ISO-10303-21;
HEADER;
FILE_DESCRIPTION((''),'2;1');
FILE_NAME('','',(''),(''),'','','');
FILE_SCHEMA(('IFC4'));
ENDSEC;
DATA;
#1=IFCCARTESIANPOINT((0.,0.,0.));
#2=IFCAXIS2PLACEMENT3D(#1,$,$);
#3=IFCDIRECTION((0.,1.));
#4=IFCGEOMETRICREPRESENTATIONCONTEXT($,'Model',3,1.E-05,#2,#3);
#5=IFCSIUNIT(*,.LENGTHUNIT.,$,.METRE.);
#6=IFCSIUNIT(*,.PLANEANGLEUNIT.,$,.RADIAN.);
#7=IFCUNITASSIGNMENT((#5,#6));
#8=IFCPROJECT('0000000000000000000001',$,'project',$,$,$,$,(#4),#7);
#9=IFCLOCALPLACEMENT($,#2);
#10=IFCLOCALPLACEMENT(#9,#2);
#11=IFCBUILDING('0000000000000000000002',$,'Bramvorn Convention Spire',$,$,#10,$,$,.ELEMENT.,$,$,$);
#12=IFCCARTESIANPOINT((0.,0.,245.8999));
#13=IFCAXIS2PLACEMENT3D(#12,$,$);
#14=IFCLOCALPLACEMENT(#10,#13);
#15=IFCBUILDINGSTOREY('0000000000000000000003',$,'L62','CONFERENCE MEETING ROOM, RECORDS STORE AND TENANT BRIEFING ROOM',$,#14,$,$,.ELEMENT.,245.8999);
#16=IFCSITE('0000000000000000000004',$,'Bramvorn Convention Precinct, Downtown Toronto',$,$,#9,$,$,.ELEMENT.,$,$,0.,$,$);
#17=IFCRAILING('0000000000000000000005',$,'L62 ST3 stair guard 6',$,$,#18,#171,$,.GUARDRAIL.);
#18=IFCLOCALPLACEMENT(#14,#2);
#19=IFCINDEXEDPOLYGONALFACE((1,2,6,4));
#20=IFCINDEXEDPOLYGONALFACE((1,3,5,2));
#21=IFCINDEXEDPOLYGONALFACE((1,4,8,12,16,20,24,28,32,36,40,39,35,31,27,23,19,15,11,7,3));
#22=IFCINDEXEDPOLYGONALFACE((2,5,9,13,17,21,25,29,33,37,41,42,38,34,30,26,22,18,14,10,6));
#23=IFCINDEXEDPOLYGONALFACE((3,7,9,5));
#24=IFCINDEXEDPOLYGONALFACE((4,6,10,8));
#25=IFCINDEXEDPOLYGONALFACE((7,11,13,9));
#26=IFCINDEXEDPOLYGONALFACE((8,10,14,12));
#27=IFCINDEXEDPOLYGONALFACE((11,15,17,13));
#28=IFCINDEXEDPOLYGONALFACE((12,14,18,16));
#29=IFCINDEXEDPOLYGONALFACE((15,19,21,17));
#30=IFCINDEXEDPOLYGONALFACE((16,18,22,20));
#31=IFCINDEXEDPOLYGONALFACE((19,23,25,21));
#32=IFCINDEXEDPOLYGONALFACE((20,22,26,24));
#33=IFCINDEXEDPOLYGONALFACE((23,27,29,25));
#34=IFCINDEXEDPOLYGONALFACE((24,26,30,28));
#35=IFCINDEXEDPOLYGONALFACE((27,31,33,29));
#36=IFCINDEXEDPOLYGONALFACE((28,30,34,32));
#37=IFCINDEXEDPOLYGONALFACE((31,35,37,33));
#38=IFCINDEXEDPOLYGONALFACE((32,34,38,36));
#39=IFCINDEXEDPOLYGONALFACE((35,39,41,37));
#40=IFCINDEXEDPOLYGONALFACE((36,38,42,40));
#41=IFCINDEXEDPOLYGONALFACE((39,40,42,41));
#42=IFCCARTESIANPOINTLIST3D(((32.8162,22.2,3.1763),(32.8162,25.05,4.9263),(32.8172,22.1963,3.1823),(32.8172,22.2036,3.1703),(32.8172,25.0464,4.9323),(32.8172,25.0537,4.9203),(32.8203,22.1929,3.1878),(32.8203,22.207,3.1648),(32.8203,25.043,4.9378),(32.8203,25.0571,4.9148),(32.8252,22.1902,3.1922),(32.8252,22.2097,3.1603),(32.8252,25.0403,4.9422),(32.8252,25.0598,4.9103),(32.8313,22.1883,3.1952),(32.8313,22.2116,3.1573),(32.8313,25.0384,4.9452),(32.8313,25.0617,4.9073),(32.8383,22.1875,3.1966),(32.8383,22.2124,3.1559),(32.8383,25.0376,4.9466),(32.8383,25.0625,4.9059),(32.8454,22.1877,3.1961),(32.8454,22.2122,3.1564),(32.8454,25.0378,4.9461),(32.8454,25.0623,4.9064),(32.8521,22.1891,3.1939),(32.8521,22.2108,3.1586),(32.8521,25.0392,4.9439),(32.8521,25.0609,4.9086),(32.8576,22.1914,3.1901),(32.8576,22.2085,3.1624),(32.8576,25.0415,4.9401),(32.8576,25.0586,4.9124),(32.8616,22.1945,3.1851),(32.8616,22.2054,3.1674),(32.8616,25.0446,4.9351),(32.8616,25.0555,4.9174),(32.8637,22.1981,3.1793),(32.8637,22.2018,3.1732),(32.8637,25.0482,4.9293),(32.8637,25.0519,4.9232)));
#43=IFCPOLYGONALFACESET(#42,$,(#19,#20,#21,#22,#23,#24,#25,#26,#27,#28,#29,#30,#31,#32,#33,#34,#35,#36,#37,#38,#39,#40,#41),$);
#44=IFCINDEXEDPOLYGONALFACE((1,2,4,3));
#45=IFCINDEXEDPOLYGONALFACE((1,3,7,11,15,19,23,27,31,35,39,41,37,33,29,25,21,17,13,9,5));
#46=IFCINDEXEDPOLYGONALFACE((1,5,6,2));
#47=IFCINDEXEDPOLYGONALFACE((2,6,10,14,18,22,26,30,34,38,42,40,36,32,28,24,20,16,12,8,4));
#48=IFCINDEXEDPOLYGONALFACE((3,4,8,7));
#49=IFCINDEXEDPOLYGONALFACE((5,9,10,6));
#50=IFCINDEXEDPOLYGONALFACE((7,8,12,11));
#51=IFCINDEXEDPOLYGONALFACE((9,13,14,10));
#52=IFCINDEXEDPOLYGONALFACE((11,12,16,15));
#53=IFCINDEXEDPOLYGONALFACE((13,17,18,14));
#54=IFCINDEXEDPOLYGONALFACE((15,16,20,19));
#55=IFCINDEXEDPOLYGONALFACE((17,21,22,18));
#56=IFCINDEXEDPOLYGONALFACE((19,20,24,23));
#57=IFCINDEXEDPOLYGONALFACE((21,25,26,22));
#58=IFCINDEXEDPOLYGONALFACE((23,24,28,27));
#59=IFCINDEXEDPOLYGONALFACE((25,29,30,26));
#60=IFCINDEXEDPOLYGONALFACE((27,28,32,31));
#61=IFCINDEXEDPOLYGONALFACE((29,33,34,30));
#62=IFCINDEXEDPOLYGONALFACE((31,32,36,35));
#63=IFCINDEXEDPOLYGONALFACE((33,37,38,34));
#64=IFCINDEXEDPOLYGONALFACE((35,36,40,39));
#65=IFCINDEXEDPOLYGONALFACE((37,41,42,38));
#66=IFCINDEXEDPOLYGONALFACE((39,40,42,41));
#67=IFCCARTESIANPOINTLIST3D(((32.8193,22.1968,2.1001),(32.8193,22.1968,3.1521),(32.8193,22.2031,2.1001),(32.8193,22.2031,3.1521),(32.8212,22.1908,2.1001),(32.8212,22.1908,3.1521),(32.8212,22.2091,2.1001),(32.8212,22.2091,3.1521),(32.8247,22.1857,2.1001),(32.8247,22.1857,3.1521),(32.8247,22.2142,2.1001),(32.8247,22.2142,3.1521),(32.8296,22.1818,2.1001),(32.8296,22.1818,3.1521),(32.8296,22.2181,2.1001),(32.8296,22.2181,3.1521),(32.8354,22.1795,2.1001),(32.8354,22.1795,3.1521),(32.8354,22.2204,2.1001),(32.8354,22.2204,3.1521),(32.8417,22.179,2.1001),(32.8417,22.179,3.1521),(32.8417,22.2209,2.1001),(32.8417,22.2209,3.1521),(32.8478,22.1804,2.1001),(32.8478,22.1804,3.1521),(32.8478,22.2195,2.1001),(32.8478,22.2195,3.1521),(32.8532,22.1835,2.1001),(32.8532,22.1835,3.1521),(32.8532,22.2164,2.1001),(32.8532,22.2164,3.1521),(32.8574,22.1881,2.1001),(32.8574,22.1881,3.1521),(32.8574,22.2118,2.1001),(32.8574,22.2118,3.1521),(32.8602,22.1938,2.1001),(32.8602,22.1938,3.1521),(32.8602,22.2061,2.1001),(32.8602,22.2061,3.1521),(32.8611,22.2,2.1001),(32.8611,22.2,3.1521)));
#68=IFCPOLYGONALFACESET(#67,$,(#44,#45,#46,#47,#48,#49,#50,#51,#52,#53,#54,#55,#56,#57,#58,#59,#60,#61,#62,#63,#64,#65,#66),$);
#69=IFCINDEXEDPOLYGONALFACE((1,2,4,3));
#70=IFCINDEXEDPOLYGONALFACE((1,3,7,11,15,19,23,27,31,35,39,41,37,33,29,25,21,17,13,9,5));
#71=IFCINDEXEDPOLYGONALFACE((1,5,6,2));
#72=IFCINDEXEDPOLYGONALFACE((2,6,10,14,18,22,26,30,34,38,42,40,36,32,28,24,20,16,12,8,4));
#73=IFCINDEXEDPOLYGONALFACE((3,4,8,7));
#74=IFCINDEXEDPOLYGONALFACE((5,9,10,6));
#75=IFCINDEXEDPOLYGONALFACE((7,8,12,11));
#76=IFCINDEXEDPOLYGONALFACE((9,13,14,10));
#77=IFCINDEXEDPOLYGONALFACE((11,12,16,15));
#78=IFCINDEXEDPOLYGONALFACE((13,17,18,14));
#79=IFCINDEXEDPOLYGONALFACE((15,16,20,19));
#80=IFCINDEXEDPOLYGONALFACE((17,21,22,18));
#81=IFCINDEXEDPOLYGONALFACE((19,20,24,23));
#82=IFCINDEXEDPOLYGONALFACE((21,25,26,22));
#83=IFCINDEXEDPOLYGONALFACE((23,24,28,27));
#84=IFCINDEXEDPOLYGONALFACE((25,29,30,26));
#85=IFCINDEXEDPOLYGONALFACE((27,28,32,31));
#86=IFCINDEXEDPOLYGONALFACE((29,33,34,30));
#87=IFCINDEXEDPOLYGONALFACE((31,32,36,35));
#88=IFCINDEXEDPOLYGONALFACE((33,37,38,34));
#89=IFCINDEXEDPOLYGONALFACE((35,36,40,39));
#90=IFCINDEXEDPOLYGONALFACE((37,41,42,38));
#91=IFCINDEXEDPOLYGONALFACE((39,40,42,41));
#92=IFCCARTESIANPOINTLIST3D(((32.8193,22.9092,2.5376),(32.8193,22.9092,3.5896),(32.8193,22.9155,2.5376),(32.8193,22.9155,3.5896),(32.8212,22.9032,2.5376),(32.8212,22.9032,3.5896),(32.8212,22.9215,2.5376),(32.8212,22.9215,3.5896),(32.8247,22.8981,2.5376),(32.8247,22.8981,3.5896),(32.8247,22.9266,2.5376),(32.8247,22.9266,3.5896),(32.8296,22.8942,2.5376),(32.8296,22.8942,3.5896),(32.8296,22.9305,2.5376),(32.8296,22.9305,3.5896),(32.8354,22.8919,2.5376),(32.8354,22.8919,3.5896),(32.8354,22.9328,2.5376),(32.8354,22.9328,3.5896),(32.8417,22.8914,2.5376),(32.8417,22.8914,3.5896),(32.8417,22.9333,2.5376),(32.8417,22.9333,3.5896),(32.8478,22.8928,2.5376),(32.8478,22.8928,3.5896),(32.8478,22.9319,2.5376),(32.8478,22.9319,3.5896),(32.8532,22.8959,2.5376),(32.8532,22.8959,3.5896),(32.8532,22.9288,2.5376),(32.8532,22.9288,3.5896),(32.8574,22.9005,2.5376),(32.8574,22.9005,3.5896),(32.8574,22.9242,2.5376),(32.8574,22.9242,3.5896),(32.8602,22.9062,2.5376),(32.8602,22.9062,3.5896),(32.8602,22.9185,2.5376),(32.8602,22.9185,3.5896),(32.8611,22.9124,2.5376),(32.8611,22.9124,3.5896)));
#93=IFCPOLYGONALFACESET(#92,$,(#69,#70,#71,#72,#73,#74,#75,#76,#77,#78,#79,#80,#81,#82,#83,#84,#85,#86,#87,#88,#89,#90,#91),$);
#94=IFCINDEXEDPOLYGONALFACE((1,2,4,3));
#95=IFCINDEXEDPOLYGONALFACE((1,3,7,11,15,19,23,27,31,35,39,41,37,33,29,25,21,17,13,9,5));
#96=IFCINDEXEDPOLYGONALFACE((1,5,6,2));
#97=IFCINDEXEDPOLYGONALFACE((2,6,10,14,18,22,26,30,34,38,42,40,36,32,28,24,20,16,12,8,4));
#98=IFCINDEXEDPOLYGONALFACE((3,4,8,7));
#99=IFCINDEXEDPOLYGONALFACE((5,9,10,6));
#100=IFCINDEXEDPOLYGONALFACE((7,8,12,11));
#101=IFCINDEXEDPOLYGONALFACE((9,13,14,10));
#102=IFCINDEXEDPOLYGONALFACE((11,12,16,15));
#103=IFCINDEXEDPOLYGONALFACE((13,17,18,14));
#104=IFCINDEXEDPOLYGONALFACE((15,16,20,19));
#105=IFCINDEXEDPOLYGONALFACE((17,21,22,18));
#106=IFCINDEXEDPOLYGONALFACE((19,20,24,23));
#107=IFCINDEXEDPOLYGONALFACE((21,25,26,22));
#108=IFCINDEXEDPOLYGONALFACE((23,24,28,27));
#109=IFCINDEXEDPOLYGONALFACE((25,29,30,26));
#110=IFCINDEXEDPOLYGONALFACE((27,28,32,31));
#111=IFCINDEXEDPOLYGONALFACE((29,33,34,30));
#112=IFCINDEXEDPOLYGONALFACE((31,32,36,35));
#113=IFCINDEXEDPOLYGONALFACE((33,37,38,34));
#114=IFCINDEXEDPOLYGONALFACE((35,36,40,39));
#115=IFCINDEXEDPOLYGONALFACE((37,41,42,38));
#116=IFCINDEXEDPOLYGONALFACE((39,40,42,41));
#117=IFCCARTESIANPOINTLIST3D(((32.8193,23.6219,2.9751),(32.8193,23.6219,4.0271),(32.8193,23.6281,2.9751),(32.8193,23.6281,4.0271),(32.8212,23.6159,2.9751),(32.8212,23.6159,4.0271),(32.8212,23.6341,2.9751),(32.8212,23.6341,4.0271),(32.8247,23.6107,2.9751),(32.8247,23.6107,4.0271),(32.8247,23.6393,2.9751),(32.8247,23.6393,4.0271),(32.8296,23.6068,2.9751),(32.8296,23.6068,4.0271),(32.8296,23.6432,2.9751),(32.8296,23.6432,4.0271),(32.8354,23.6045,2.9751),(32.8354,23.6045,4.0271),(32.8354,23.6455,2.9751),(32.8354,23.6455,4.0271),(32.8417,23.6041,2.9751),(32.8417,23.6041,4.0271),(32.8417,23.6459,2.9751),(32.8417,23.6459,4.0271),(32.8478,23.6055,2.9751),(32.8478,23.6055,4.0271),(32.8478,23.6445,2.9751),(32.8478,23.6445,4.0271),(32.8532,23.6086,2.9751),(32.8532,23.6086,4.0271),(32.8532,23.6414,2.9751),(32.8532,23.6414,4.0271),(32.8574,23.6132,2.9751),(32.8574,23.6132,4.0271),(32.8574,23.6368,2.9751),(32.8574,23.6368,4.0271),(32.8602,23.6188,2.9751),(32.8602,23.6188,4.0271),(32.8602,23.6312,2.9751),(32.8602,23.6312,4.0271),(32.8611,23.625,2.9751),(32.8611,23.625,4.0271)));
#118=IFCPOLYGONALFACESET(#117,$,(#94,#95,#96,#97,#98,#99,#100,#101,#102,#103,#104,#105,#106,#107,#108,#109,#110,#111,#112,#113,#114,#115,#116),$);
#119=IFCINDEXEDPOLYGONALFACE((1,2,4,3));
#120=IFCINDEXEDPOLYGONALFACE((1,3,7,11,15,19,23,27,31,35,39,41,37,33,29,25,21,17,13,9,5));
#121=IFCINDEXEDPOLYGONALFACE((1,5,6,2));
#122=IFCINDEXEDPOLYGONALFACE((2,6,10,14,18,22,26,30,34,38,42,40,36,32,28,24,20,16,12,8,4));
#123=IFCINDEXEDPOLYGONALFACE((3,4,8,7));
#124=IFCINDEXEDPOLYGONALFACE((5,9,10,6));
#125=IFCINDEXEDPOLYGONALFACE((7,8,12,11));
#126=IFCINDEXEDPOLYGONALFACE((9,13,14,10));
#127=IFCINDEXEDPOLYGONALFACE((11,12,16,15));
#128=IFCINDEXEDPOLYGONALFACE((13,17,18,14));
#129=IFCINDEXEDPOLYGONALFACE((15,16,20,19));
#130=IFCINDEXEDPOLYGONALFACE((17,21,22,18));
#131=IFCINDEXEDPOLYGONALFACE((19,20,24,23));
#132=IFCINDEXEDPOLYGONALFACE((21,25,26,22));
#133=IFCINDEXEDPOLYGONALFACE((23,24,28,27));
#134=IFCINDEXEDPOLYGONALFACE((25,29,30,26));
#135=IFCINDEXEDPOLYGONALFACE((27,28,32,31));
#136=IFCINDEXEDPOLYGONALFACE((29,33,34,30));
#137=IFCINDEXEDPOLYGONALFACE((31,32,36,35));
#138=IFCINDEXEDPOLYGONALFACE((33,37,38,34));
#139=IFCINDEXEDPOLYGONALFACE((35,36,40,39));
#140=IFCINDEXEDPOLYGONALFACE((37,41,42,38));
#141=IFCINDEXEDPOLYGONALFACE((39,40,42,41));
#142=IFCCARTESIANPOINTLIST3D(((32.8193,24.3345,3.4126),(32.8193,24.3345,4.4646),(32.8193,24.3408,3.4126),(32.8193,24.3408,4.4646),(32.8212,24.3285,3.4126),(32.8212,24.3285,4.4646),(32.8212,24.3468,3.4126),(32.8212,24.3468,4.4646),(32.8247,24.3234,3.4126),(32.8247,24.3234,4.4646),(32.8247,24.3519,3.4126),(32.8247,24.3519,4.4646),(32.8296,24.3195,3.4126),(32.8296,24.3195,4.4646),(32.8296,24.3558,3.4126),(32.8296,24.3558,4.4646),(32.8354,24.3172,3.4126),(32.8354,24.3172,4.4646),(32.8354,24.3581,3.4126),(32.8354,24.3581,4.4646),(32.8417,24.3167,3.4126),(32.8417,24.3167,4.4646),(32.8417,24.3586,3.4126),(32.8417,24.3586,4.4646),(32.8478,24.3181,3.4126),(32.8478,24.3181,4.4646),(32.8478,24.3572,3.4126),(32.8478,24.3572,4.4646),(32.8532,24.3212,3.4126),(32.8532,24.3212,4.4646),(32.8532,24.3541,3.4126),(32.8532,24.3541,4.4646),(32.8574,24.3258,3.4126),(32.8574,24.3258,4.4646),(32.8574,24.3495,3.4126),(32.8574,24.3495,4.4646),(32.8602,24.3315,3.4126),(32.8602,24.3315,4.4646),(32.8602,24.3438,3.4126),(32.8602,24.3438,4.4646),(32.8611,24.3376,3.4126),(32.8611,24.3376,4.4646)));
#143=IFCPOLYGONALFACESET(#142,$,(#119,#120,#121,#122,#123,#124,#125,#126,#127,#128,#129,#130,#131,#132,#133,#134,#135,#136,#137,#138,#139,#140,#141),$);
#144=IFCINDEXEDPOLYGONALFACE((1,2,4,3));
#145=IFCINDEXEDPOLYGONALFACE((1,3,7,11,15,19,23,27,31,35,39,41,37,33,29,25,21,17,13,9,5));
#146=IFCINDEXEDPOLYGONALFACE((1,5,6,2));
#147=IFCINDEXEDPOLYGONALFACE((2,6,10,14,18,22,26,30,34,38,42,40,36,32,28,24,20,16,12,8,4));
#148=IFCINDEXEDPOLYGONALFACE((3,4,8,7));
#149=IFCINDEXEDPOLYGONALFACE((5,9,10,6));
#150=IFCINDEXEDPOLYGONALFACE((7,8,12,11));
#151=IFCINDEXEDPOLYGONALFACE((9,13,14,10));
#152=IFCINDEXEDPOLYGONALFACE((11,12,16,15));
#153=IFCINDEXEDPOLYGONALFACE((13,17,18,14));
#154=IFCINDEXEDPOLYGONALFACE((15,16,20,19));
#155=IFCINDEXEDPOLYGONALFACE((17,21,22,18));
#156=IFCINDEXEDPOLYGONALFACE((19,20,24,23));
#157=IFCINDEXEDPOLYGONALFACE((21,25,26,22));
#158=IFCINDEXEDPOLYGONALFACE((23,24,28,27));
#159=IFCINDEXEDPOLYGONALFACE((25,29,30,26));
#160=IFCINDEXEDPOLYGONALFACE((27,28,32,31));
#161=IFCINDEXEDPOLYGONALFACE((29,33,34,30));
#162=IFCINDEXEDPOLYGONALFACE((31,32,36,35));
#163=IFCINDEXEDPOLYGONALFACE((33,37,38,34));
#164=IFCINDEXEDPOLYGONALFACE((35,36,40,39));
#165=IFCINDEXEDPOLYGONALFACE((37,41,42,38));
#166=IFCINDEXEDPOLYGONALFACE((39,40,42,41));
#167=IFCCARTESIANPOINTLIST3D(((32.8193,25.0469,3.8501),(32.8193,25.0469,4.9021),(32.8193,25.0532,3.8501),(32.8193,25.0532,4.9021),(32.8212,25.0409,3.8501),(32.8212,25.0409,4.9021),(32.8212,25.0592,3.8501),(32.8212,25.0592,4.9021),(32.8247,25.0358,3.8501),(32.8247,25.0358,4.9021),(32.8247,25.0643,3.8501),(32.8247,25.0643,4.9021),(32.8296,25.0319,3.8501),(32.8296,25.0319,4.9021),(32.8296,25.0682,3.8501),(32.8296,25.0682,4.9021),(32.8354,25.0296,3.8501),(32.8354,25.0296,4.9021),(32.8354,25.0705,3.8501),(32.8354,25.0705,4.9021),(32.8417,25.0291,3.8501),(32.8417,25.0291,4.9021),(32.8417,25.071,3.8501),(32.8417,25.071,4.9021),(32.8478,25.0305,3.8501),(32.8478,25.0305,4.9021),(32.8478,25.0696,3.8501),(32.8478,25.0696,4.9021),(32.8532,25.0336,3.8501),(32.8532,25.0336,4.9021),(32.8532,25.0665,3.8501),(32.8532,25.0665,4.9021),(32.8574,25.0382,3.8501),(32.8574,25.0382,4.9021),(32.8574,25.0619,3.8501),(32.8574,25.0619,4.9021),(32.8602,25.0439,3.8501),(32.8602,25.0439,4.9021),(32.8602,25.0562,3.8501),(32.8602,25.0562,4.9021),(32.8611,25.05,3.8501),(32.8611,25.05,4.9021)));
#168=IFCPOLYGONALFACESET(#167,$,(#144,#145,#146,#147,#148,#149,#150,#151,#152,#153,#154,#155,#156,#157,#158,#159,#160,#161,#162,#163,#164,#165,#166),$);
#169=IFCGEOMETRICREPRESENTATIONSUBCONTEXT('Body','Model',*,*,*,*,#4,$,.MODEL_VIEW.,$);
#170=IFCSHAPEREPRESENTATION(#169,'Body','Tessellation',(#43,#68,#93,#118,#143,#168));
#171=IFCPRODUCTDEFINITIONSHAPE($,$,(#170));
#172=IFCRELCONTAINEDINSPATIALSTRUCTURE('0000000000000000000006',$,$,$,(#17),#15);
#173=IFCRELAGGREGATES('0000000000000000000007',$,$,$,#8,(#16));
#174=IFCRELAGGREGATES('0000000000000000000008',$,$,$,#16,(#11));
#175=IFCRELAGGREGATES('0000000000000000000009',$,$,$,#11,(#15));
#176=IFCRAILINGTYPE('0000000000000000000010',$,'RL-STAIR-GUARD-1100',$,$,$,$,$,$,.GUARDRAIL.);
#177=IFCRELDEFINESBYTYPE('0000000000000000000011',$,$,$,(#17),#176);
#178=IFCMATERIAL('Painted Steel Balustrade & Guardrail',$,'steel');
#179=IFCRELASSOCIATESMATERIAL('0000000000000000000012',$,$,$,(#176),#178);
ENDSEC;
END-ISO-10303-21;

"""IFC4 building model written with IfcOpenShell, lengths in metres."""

from ifc_helpers import new_model, si_unit, direction, frame, origin, origin_2d, place, context, subcontext, project, spatial, circle, extrude, material, type_object, element, save


model = new_model("IFC4")

# Units and contexts
model_context = context("Model", 3, precision=1e-05, world=origin(), true_north=direction((0.0, 1.0)))
body_context = subcontext(model_context, "Body", "Model", "MODEL_VIEW")
ifc_project = project(units=[si_unit("LENGTHUNIT", "METRE"), si_unit("PLANEANGLEUNIT", "RADIAN")], contexts=[model_context])

# Site, building, storey
site_placement = place(None, origin())
site = spatial("IfcSite", under=ifc_project, at=site_placement, Name="Bramvorn Convention Precinct, Downtown Toronto", CompositionType="ELEMENT", RefElevation=0.0)
building_placement = place(site_placement, origin())
building = spatial("IfcBuilding", under=site, at=building_placement, Name="Bramvorn Convention Spire", CompositionType="ELEMENT")
storey_placement = place(building_placement, frame((0.0, 0.0, 245.8999)))
storey = spatial("IfcBuildingStorey", under=building, at=storey_placement, Name="L62", Description="CONFERENCE MEETING ROOM, RECORDS STORE AND TENANT BRIEFING ROOM", CompositionType="ELEMENT", Elevation=245.8999)

# Railing
ifc_material_1 = material(Name="Painted Steel Balustrade & Guardrail", Category="steel")
railing_type_1 = type_object("IfcRailingType", Name="RL-STAIR-GUARD-1100", PredefinedType="GUARDRAIL", material=ifc_material_1)
railing_1_placement = place(storey_placement, frame((32.8401, 22.2, 2.1001)))
element("IfcRailing", 1, at=railing_1_placement, inside=storey, type_object=railing_type_1, Name="L62 ST3 stair guard 6", PredefinedType="GUARDRAIL", context=body_context, shape_type="SweptSolid", body=[
    extrude(circle(Radius=0.0239, at=origin_2d()), frame((0.0, 0.0, 1.0762), z_axis=(0.0, 0.852179, 0.52325), x_axis=(-1.0, 0.0, 0.0)), (0.0, 0.0, 1.0), 3.3445),
    extrude(circle(Radius=0.021, at=origin_2d()), origin(), (0.0, 0.0, 1.0), 1.052),
    extrude(circle(Radius=0.021, at=origin_2d()), frame((0.0, 0.7124, 0.4375)), (0.0, 0.0, 1.0), 1.052),
    extrude(circle(Radius=0.021, at=origin_2d()), frame((0.0, 1.425, 0.875)), (0.0, 0.0, 1.0), 1.052),
    extrude(circle(Radius=0.021, at=origin_2d()), frame((0.0, 2.1377, 1.3125)), (0.0, 0.0, 1.0), 1.052),
    extrude(circle(Radius=0.021, at=origin_2d()), frame((0.0, 2.8501, 1.75)), (0.0, 0.0, 1.0), 1.052),
])

save(model, "model.ifc")
